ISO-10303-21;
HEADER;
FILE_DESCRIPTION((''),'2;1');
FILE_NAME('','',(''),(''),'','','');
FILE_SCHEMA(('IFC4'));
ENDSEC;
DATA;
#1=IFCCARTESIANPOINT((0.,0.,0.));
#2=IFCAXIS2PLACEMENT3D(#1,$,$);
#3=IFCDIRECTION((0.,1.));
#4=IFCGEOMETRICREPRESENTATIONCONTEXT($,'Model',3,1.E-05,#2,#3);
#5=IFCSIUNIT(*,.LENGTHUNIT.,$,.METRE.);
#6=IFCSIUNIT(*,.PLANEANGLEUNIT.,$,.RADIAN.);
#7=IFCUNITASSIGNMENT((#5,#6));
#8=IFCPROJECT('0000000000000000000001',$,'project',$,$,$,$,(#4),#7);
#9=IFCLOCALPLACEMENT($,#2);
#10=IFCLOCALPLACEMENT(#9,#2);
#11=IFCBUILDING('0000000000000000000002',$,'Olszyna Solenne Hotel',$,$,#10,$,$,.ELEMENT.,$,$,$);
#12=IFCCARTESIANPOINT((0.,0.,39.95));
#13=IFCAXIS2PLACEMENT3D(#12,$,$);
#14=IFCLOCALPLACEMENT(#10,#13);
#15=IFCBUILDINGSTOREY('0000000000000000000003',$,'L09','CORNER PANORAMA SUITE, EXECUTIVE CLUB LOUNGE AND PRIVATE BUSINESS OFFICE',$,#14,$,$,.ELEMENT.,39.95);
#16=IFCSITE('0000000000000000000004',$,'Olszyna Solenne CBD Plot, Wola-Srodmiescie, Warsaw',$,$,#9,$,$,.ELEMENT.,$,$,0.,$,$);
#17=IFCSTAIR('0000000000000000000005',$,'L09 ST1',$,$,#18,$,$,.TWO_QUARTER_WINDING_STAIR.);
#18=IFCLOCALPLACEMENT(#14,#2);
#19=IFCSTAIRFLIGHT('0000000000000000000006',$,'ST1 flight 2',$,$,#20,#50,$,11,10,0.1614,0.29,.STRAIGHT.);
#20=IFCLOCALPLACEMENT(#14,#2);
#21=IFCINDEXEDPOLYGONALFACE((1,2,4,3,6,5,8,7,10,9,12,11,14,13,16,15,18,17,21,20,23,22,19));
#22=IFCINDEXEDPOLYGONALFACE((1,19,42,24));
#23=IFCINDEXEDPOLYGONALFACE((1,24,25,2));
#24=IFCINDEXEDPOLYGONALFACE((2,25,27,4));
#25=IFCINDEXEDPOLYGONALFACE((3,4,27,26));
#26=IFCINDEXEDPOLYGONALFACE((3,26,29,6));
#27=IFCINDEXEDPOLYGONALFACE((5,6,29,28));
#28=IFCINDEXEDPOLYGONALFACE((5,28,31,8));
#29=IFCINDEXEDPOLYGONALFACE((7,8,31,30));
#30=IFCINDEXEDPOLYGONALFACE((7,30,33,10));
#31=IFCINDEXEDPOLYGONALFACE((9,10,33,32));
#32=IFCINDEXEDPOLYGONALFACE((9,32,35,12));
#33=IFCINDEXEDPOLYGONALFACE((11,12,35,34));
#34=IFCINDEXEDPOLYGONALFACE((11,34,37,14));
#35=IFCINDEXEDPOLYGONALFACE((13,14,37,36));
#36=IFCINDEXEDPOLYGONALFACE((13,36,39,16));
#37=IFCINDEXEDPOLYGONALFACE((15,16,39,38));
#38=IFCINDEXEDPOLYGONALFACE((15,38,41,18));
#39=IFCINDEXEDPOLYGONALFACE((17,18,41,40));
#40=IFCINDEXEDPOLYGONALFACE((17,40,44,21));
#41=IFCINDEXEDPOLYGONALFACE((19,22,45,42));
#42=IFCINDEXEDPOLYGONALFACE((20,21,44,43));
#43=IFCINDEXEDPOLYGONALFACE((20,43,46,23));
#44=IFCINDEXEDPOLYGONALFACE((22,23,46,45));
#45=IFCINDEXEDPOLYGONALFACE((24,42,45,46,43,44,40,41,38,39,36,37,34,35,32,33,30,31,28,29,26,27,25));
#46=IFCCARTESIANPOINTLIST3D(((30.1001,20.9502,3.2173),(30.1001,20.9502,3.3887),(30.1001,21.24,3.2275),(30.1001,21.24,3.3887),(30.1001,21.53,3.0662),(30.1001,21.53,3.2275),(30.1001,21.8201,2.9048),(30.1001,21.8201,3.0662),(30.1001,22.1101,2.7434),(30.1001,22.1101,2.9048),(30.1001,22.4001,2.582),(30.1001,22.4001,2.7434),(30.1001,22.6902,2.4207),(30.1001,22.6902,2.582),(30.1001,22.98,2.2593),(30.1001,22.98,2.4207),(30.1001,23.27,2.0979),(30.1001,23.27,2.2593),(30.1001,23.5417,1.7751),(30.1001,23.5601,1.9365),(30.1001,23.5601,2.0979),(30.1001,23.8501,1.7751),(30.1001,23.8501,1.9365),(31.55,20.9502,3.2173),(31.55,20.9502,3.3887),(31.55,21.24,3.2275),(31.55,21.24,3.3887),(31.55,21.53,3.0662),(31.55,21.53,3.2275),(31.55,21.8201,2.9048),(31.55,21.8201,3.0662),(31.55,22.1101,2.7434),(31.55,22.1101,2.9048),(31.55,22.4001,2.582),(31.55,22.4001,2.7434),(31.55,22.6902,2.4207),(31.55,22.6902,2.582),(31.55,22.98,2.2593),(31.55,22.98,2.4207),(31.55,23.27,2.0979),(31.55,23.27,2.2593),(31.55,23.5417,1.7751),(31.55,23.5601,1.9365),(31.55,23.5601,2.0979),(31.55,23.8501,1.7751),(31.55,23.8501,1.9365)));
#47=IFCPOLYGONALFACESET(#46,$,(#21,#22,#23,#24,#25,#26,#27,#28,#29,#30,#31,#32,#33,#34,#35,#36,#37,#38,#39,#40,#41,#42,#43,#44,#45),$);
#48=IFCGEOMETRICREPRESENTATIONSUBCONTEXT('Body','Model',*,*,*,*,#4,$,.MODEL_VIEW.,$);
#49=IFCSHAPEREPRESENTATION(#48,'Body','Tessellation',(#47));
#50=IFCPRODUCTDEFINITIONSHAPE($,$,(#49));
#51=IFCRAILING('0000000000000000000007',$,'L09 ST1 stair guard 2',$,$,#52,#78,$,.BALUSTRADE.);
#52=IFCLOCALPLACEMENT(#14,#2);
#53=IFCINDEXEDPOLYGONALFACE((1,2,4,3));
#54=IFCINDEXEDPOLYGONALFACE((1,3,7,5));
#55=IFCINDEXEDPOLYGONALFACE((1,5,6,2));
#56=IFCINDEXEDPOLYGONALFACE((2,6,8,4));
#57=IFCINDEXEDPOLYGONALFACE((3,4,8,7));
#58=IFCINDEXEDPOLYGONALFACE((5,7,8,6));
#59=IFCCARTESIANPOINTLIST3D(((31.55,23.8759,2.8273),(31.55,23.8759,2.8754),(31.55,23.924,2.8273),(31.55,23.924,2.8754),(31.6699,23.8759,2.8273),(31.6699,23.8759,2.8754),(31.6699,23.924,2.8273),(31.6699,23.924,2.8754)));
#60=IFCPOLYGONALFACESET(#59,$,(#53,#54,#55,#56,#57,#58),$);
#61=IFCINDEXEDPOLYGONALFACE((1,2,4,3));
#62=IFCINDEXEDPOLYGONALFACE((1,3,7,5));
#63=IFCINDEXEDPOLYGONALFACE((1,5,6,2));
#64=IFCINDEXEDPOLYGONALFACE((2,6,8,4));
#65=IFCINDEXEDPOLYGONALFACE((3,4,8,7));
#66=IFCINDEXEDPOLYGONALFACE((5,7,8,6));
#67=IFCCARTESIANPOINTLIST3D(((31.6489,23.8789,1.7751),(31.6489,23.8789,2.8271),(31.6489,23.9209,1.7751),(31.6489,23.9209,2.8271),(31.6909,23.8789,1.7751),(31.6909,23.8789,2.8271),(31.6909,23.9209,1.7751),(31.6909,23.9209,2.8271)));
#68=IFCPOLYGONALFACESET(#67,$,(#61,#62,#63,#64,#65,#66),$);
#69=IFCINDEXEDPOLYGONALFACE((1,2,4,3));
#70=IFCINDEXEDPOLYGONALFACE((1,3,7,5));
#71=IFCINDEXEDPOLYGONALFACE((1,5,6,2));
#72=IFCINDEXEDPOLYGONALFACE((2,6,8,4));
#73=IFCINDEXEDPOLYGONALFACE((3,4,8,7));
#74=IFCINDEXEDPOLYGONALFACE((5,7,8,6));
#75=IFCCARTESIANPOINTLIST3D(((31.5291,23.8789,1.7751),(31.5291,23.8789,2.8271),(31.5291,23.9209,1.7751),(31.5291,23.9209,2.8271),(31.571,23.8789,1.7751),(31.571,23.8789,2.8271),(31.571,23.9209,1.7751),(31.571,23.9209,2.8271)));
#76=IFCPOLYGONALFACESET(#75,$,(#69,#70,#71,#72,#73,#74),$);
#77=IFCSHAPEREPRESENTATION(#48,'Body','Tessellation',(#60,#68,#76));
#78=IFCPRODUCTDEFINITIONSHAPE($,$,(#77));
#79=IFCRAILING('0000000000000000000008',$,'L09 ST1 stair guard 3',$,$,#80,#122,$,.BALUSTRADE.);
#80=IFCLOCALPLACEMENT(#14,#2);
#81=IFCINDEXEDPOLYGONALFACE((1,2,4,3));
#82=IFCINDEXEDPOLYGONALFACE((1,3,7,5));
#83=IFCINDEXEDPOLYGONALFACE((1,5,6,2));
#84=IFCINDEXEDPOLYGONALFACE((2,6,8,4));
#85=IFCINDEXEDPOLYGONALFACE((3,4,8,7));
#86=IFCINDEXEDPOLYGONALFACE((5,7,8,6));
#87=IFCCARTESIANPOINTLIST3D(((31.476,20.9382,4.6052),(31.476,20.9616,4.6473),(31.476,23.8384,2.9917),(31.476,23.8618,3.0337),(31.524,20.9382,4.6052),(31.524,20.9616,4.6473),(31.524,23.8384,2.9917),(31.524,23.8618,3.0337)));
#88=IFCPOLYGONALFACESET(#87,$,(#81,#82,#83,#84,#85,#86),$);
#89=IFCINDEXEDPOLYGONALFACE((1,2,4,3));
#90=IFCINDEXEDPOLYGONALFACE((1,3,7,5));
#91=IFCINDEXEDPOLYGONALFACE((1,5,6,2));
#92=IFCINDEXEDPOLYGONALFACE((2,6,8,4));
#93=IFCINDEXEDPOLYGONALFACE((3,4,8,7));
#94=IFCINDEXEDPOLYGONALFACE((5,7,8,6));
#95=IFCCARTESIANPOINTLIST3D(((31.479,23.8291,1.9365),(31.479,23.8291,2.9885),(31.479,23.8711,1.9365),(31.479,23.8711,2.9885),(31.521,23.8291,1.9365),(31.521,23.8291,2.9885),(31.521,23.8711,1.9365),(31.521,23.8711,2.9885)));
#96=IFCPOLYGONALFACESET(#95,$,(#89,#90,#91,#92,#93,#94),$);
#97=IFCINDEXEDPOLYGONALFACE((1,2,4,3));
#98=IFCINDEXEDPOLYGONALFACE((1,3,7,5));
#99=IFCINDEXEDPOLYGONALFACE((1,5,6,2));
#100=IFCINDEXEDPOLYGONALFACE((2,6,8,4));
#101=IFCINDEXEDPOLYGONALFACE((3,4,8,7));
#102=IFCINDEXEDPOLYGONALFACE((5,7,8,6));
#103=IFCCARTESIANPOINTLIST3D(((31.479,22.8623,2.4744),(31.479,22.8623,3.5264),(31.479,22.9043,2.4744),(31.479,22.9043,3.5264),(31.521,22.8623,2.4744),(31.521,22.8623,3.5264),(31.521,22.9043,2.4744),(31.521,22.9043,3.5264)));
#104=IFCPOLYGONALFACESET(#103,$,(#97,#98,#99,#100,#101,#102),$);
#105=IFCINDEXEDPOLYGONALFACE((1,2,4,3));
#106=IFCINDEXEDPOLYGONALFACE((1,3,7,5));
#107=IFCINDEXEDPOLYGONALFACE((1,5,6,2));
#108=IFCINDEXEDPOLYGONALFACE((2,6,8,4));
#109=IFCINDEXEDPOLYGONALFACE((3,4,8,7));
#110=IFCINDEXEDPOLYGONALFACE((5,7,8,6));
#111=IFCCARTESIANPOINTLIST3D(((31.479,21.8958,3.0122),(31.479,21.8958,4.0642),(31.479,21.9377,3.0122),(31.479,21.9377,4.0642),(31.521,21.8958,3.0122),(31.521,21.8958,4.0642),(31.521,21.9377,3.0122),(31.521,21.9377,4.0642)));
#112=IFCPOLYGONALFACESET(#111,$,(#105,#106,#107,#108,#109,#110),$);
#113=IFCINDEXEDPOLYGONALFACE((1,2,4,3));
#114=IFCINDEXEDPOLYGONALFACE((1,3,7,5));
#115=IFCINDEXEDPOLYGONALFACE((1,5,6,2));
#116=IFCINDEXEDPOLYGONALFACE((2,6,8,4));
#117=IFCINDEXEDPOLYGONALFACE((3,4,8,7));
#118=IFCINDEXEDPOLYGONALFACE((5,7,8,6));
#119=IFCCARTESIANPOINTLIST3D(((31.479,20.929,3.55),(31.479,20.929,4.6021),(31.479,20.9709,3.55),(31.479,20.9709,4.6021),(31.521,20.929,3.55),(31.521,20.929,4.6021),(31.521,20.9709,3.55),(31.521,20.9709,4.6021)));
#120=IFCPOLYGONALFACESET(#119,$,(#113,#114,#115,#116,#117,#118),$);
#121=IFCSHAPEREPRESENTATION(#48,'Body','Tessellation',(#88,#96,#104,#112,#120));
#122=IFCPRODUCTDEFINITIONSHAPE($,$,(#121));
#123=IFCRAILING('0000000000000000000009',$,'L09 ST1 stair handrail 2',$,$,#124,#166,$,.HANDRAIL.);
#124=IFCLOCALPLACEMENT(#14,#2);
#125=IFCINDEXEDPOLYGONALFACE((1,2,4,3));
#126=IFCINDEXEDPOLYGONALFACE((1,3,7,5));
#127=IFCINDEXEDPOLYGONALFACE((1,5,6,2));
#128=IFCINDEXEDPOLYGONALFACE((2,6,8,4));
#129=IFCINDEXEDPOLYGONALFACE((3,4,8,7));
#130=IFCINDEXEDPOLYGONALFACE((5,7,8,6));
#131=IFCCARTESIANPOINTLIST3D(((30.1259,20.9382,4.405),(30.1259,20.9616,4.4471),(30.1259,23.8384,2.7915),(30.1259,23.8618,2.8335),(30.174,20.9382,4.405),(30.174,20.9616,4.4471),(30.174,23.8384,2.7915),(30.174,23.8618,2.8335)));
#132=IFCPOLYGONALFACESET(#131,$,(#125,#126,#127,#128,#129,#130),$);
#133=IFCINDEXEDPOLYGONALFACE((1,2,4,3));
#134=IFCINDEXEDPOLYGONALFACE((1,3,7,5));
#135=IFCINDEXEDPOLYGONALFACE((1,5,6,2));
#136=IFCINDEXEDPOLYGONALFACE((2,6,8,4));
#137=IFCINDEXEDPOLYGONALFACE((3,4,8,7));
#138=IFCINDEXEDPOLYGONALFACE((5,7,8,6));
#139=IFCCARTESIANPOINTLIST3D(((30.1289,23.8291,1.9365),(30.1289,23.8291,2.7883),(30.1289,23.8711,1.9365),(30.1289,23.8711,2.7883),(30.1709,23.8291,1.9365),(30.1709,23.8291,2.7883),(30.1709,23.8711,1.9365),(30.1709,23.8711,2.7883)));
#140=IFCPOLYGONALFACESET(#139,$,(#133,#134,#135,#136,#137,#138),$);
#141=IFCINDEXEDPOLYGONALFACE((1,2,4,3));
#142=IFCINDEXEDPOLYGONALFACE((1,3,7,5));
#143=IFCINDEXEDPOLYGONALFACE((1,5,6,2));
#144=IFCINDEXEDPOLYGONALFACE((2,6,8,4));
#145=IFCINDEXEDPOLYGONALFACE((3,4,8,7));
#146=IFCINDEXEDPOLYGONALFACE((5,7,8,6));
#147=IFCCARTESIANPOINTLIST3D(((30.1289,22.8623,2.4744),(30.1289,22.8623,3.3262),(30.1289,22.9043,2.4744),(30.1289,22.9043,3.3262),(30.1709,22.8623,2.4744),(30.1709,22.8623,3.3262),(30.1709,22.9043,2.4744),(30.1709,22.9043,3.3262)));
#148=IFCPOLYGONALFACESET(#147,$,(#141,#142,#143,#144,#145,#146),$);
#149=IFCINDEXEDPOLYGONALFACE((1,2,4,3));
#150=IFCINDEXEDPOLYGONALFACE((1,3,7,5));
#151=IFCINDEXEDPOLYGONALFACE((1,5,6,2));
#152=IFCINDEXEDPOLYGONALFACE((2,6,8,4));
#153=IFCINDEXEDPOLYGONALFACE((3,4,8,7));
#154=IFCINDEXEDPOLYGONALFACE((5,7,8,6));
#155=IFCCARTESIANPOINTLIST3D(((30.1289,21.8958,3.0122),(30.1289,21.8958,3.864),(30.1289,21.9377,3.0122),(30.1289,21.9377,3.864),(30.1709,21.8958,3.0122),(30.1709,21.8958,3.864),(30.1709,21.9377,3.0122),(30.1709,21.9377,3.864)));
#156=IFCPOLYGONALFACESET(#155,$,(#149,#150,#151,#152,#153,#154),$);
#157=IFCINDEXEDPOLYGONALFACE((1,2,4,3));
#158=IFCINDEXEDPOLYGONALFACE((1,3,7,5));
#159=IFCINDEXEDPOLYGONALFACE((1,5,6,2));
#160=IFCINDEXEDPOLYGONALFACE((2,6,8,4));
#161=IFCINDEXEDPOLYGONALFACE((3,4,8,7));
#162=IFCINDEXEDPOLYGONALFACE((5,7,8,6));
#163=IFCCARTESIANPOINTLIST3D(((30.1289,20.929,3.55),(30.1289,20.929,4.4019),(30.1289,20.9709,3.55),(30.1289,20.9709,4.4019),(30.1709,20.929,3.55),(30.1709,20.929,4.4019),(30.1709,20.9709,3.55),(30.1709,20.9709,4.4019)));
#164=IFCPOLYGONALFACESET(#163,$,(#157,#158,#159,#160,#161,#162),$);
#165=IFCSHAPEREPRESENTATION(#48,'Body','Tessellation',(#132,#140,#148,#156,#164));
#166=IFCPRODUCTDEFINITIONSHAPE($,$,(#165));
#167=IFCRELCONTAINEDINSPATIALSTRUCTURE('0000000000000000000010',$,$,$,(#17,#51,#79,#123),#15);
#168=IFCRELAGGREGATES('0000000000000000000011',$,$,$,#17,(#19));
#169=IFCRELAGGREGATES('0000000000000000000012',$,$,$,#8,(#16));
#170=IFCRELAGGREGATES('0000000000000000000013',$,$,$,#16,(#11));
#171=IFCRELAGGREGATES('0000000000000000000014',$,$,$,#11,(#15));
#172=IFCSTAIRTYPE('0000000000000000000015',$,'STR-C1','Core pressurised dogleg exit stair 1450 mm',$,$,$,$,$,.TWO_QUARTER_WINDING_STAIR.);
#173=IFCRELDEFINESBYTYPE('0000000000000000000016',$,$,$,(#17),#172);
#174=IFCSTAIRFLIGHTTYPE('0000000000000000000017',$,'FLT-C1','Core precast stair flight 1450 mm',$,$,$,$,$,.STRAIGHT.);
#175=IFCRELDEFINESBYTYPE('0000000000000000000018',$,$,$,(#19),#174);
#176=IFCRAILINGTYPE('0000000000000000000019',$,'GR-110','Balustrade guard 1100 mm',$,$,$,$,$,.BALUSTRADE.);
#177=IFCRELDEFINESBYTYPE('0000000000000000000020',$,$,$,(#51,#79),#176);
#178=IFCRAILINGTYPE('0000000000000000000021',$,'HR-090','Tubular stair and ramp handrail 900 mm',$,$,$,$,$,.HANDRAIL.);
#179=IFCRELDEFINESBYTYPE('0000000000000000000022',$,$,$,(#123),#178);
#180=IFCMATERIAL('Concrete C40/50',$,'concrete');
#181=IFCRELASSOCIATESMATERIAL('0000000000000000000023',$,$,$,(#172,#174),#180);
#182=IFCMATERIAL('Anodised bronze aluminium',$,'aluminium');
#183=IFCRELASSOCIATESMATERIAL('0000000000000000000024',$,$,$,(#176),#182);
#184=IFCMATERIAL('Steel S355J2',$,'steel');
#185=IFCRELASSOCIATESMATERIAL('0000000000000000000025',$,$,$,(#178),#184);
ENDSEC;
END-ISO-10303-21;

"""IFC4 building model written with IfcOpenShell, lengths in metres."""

from ifc_helpers import new_model, si_unit, direction, frame, origin, origin_2d, place, context, subcontext, project, spatial, polyline, rectangle, outline, extrude, material, type_object, element, aggregate, save


model = new_model("IFC4")

# Units and contexts
model_context = context("Model", 3, precision=1e-05, world=origin(), true_north=direction((0.0, 1.0)))
body_context = subcontext(model_context, "Body", "Model", "MODEL_VIEW")
ifc_project = project(units=[si_unit("LENGTHUNIT", "METRE"), si_unit("PLANEANGLEUNIT", "RADIAN")], contexts=[model_context])

# Site, building, storey
site_placement = place(None, origin())
site = spatial("IfcSite", under=ifc_project, at=site_placement, Name="Olszyna Solenne CBD Plot, Wola-Srodmiescie, Warsaw", CompositionType="ELEMENT", RefElevation=0.0)
building_placement = place(site_placement, origin())
building = spatial("IfcBuilding", under=site, at=building_placement, Name="Olszyna Solenne Hotel", CompositionType="ELEMENT")
storey_placement = place(building_placement, frame((0.0, 0.0, 39.95)))
storey = spatial("IfcBuildingStorey", under=building, at=storey_placement, Name="L09", Description="CORNER PANORAMA SUITE, EXECUTIVE CLUB LOUNGE AND PRIVATE BUSINESS OFFICE", CompositionType="ELEMENT", Elevation=39.95)

# Shared definitions
ifc_material_1 = material(Name="Steel S355J2", Category="steel")

# Shared definitions
ifc_material_2 = material(Name="Anodised bronze aluminium", Category="aluminium")

# Stair, stair flight
ifc_material_3 = material(Name="Concrete C40/50", Category="concrete")
stair_type = type_object("IfcStairType", Name="STR-C1", Description="Core pressurised dogleg exit stair 1450 mm", PredefinedType="TWO_QUARTER_WINDING_STAIR", material=ifc_material_3)
stair_placement = place(storey_placement, origin())
stair = element("IfcStair", 1, at=stair_placement, inside=storey, type_object=stair_type, Name="L09 ST1", PredefinedType="TWO_QUARTER_WINDING_STAIR")
stair_flight_type = type_object("IfcStairFlightType", Name="FLT-C1", Description="Core precast stair flight 1450 mm", PredefinedType="STRAIGHT", material=ifc_material_3)
stair_flight_placement = place(storey_placement, frame((30.825, 23.8501, 1.7751), z_axis=(0.0, 0.0, 1.0), x_axis=(0.0, -1.0, 0.0)))
stair_flight = element("IfcStairFlight", 2, at=stair_flight_placement, type_object=stair_flight_type, Name="ST1 flight 2", NumberOfRisers=11, NumberOfTreads=10, PredefinedType="STRAIGHT", RiserHeight=0.1614, TreadLength=0.29, context=body_context, shape_type="SweptSolid", body=[
    extrude(outline(polyline([(0.0, 0.0), (0.0, 0.1614), (0.29, 0.1614), (0.29, 0.3228), (0.5801, 0.3228), (0.5801, 0.4841), (0.8701, 0.4841), (0.8701, 0.6455), (1.1599, 0.6455), (1.1599, 0.8069), (1.45, 0.8069), (1.45, 0.9683), (1.74, 0.9683), (1.74, 1.1296), (2.03, 1.1296), (2.03, 1.291), (2.3201, 1.291), (2.3201, 1.4524), (2.6101, 1.4524), (2.6101, 1.6135), (2.8999, 1.6135), (2.8999, 1.7749), (2.8999, 1.4421), (0.3083, 0.0), (0.0, 0.0)])), frame((0.0, 0.7251, 0.0), z_axis=(0.0, -1.0, 0.0), x_axis=(1.0, 0.0, 0.0)), (0.0, 0.0, 1.0), 1.45),
])
aggregate(stair, [stair_flight])

# Railings
railing_type_1 = type_object("IfcRailingType", Name="GR-110", Description="Balustrade guard 1100 mm", PredefinedType="BALUSTRADE", material=ifc_material_2)
railing_1_placement = place(storey_placement, frame((31.6699, 23.8999, 1.7751)))
element("IfcRailing", 3, at=railing_1_placement, inside=storey, type_object=railing_type_1, Name="L09 ST1 stair guard 2", PredefinedType="BALUSTRADE", context=body_context, shape_type="SweptSolid", body=[
    extrude(rectangle(XDim=0.0481, YDim=0.0481, at=origin_2d()), frame((0.0, 0.0, 1.0762), z_axis=(-1.0, 0.0, 0.0), x_axis=(0.0, -1.0, 0.0)), (0.0, 0.0, 1.0), 0.1199),
    extrude(rectangle(XDim=0.042, YDim=0.042, at=origin_2d()), origin(), (0.0, 0.0, 1.0), 1.052),
    extrude(rectangle(XDim=0.042, YDim=0.042, at=origin_2d()), frame((-0.1199, 0.0, 0.0)), (0.0, 0.0, 1.0), 1.052),
])
railing_2_placement = place(storey_placement, frame((31.5, 23.8501, 1.9365)))
element("IfcRailing", 4, at=railing_2_placement, inside=storey, type_object=railing_type_1, Name="L09 ST1 stair guard 3", PredefinedType="BALUSTRADE", context=body_context, shape_type="SweptSolid", body=[
    extrude(rectangle(XDim=0.0481, YDim=0.0481, at=origin_2d()), frame((0.0, 0.0, 1.0762), z_axis=(0.0, -0.873859, 0.48618), x_axis=(1.0, 0.0, 0.0)), (0.0, 0.0, 1.0), 3.3188),
    extrude(rectangle(XDim=0.042, YDim=0.042, at=origin_2d()), origin(), (0.0, 0.0, 1.0), 1.052),
    extrude(rectangle(XDim=0.042, YDim=0.042, at=origin_2d()), frame((0.0, -0.9668, 0.5378)), (0.0, 0.0, 1.0), 1.052),
    extrude(rectangle(XDim=0.042, YDim=0.042, at=origin_2d()), frame((0.0, -1.9333, 1.0757)), (0.0, 0.0, 1.0), 1.052),
    extrude(rectangle(XDim=0.042, YDim=0.042, at=origin_2d()), frame((0.0, -2.9001, 1.6135)), (0.0, 0.0, 1.0), 1.052),
])
railing_type_2 = type_object("IfcRailingType", Name="HR-090", Description="Tubular stair and ramp handrail 900 mm", PredefinedType="HANDRAIL", material=ifc_material_1)
railing_3_placement = place(storey_placement, frame((30.1499, 23.8501, 1.9365)))
element("IfcRailing", 5, at=railing_3_placement, inside=storey, type_object=railing_type_2, Name="L09 ST1 stair handrail 2", PredefinedType="HANDRAIL", context=body_context, shape_type="SweptSolid", body=[
    extrude(rectangle(XDim=0.0481, YDim=0.0481, at=origin_2d()), frame((0.0, 0.0, 0.876), z_axis=(0.0, -0.873859, 0.48618), x_axis=(1.0, 0.0, 0.0)), (0.0, 0.0, 1.0), 3.3188),
    extrude(rectangle(XDim=0.042, YDim=0.042, at=origin_2d()), origin(), (0.0, 0.0, 1.0), 0.8518),
    extrude(rectangle(XDim=0.042, YDim=0.042, at=origin_2d()), frame((0.0, -0.9668, 0.5378)), (0.0, 0.0, 1.0), 0.8518),
    extrude(rectangle(XDim=0.042, YDim=0.042, at=origin_2d()), frame((0.0, -1.9333, 1.0757)), (0.0, 0.0, 1.0), 0.8518),
    extrude(rectangle(XDim=0.042, YDim=0.042, at=origin_2d()), frame((0.0, -2.9001, 1.6135)), (0.0, 0.0, 1.0), 0.8518),
])

save(model, "model.ifc")
